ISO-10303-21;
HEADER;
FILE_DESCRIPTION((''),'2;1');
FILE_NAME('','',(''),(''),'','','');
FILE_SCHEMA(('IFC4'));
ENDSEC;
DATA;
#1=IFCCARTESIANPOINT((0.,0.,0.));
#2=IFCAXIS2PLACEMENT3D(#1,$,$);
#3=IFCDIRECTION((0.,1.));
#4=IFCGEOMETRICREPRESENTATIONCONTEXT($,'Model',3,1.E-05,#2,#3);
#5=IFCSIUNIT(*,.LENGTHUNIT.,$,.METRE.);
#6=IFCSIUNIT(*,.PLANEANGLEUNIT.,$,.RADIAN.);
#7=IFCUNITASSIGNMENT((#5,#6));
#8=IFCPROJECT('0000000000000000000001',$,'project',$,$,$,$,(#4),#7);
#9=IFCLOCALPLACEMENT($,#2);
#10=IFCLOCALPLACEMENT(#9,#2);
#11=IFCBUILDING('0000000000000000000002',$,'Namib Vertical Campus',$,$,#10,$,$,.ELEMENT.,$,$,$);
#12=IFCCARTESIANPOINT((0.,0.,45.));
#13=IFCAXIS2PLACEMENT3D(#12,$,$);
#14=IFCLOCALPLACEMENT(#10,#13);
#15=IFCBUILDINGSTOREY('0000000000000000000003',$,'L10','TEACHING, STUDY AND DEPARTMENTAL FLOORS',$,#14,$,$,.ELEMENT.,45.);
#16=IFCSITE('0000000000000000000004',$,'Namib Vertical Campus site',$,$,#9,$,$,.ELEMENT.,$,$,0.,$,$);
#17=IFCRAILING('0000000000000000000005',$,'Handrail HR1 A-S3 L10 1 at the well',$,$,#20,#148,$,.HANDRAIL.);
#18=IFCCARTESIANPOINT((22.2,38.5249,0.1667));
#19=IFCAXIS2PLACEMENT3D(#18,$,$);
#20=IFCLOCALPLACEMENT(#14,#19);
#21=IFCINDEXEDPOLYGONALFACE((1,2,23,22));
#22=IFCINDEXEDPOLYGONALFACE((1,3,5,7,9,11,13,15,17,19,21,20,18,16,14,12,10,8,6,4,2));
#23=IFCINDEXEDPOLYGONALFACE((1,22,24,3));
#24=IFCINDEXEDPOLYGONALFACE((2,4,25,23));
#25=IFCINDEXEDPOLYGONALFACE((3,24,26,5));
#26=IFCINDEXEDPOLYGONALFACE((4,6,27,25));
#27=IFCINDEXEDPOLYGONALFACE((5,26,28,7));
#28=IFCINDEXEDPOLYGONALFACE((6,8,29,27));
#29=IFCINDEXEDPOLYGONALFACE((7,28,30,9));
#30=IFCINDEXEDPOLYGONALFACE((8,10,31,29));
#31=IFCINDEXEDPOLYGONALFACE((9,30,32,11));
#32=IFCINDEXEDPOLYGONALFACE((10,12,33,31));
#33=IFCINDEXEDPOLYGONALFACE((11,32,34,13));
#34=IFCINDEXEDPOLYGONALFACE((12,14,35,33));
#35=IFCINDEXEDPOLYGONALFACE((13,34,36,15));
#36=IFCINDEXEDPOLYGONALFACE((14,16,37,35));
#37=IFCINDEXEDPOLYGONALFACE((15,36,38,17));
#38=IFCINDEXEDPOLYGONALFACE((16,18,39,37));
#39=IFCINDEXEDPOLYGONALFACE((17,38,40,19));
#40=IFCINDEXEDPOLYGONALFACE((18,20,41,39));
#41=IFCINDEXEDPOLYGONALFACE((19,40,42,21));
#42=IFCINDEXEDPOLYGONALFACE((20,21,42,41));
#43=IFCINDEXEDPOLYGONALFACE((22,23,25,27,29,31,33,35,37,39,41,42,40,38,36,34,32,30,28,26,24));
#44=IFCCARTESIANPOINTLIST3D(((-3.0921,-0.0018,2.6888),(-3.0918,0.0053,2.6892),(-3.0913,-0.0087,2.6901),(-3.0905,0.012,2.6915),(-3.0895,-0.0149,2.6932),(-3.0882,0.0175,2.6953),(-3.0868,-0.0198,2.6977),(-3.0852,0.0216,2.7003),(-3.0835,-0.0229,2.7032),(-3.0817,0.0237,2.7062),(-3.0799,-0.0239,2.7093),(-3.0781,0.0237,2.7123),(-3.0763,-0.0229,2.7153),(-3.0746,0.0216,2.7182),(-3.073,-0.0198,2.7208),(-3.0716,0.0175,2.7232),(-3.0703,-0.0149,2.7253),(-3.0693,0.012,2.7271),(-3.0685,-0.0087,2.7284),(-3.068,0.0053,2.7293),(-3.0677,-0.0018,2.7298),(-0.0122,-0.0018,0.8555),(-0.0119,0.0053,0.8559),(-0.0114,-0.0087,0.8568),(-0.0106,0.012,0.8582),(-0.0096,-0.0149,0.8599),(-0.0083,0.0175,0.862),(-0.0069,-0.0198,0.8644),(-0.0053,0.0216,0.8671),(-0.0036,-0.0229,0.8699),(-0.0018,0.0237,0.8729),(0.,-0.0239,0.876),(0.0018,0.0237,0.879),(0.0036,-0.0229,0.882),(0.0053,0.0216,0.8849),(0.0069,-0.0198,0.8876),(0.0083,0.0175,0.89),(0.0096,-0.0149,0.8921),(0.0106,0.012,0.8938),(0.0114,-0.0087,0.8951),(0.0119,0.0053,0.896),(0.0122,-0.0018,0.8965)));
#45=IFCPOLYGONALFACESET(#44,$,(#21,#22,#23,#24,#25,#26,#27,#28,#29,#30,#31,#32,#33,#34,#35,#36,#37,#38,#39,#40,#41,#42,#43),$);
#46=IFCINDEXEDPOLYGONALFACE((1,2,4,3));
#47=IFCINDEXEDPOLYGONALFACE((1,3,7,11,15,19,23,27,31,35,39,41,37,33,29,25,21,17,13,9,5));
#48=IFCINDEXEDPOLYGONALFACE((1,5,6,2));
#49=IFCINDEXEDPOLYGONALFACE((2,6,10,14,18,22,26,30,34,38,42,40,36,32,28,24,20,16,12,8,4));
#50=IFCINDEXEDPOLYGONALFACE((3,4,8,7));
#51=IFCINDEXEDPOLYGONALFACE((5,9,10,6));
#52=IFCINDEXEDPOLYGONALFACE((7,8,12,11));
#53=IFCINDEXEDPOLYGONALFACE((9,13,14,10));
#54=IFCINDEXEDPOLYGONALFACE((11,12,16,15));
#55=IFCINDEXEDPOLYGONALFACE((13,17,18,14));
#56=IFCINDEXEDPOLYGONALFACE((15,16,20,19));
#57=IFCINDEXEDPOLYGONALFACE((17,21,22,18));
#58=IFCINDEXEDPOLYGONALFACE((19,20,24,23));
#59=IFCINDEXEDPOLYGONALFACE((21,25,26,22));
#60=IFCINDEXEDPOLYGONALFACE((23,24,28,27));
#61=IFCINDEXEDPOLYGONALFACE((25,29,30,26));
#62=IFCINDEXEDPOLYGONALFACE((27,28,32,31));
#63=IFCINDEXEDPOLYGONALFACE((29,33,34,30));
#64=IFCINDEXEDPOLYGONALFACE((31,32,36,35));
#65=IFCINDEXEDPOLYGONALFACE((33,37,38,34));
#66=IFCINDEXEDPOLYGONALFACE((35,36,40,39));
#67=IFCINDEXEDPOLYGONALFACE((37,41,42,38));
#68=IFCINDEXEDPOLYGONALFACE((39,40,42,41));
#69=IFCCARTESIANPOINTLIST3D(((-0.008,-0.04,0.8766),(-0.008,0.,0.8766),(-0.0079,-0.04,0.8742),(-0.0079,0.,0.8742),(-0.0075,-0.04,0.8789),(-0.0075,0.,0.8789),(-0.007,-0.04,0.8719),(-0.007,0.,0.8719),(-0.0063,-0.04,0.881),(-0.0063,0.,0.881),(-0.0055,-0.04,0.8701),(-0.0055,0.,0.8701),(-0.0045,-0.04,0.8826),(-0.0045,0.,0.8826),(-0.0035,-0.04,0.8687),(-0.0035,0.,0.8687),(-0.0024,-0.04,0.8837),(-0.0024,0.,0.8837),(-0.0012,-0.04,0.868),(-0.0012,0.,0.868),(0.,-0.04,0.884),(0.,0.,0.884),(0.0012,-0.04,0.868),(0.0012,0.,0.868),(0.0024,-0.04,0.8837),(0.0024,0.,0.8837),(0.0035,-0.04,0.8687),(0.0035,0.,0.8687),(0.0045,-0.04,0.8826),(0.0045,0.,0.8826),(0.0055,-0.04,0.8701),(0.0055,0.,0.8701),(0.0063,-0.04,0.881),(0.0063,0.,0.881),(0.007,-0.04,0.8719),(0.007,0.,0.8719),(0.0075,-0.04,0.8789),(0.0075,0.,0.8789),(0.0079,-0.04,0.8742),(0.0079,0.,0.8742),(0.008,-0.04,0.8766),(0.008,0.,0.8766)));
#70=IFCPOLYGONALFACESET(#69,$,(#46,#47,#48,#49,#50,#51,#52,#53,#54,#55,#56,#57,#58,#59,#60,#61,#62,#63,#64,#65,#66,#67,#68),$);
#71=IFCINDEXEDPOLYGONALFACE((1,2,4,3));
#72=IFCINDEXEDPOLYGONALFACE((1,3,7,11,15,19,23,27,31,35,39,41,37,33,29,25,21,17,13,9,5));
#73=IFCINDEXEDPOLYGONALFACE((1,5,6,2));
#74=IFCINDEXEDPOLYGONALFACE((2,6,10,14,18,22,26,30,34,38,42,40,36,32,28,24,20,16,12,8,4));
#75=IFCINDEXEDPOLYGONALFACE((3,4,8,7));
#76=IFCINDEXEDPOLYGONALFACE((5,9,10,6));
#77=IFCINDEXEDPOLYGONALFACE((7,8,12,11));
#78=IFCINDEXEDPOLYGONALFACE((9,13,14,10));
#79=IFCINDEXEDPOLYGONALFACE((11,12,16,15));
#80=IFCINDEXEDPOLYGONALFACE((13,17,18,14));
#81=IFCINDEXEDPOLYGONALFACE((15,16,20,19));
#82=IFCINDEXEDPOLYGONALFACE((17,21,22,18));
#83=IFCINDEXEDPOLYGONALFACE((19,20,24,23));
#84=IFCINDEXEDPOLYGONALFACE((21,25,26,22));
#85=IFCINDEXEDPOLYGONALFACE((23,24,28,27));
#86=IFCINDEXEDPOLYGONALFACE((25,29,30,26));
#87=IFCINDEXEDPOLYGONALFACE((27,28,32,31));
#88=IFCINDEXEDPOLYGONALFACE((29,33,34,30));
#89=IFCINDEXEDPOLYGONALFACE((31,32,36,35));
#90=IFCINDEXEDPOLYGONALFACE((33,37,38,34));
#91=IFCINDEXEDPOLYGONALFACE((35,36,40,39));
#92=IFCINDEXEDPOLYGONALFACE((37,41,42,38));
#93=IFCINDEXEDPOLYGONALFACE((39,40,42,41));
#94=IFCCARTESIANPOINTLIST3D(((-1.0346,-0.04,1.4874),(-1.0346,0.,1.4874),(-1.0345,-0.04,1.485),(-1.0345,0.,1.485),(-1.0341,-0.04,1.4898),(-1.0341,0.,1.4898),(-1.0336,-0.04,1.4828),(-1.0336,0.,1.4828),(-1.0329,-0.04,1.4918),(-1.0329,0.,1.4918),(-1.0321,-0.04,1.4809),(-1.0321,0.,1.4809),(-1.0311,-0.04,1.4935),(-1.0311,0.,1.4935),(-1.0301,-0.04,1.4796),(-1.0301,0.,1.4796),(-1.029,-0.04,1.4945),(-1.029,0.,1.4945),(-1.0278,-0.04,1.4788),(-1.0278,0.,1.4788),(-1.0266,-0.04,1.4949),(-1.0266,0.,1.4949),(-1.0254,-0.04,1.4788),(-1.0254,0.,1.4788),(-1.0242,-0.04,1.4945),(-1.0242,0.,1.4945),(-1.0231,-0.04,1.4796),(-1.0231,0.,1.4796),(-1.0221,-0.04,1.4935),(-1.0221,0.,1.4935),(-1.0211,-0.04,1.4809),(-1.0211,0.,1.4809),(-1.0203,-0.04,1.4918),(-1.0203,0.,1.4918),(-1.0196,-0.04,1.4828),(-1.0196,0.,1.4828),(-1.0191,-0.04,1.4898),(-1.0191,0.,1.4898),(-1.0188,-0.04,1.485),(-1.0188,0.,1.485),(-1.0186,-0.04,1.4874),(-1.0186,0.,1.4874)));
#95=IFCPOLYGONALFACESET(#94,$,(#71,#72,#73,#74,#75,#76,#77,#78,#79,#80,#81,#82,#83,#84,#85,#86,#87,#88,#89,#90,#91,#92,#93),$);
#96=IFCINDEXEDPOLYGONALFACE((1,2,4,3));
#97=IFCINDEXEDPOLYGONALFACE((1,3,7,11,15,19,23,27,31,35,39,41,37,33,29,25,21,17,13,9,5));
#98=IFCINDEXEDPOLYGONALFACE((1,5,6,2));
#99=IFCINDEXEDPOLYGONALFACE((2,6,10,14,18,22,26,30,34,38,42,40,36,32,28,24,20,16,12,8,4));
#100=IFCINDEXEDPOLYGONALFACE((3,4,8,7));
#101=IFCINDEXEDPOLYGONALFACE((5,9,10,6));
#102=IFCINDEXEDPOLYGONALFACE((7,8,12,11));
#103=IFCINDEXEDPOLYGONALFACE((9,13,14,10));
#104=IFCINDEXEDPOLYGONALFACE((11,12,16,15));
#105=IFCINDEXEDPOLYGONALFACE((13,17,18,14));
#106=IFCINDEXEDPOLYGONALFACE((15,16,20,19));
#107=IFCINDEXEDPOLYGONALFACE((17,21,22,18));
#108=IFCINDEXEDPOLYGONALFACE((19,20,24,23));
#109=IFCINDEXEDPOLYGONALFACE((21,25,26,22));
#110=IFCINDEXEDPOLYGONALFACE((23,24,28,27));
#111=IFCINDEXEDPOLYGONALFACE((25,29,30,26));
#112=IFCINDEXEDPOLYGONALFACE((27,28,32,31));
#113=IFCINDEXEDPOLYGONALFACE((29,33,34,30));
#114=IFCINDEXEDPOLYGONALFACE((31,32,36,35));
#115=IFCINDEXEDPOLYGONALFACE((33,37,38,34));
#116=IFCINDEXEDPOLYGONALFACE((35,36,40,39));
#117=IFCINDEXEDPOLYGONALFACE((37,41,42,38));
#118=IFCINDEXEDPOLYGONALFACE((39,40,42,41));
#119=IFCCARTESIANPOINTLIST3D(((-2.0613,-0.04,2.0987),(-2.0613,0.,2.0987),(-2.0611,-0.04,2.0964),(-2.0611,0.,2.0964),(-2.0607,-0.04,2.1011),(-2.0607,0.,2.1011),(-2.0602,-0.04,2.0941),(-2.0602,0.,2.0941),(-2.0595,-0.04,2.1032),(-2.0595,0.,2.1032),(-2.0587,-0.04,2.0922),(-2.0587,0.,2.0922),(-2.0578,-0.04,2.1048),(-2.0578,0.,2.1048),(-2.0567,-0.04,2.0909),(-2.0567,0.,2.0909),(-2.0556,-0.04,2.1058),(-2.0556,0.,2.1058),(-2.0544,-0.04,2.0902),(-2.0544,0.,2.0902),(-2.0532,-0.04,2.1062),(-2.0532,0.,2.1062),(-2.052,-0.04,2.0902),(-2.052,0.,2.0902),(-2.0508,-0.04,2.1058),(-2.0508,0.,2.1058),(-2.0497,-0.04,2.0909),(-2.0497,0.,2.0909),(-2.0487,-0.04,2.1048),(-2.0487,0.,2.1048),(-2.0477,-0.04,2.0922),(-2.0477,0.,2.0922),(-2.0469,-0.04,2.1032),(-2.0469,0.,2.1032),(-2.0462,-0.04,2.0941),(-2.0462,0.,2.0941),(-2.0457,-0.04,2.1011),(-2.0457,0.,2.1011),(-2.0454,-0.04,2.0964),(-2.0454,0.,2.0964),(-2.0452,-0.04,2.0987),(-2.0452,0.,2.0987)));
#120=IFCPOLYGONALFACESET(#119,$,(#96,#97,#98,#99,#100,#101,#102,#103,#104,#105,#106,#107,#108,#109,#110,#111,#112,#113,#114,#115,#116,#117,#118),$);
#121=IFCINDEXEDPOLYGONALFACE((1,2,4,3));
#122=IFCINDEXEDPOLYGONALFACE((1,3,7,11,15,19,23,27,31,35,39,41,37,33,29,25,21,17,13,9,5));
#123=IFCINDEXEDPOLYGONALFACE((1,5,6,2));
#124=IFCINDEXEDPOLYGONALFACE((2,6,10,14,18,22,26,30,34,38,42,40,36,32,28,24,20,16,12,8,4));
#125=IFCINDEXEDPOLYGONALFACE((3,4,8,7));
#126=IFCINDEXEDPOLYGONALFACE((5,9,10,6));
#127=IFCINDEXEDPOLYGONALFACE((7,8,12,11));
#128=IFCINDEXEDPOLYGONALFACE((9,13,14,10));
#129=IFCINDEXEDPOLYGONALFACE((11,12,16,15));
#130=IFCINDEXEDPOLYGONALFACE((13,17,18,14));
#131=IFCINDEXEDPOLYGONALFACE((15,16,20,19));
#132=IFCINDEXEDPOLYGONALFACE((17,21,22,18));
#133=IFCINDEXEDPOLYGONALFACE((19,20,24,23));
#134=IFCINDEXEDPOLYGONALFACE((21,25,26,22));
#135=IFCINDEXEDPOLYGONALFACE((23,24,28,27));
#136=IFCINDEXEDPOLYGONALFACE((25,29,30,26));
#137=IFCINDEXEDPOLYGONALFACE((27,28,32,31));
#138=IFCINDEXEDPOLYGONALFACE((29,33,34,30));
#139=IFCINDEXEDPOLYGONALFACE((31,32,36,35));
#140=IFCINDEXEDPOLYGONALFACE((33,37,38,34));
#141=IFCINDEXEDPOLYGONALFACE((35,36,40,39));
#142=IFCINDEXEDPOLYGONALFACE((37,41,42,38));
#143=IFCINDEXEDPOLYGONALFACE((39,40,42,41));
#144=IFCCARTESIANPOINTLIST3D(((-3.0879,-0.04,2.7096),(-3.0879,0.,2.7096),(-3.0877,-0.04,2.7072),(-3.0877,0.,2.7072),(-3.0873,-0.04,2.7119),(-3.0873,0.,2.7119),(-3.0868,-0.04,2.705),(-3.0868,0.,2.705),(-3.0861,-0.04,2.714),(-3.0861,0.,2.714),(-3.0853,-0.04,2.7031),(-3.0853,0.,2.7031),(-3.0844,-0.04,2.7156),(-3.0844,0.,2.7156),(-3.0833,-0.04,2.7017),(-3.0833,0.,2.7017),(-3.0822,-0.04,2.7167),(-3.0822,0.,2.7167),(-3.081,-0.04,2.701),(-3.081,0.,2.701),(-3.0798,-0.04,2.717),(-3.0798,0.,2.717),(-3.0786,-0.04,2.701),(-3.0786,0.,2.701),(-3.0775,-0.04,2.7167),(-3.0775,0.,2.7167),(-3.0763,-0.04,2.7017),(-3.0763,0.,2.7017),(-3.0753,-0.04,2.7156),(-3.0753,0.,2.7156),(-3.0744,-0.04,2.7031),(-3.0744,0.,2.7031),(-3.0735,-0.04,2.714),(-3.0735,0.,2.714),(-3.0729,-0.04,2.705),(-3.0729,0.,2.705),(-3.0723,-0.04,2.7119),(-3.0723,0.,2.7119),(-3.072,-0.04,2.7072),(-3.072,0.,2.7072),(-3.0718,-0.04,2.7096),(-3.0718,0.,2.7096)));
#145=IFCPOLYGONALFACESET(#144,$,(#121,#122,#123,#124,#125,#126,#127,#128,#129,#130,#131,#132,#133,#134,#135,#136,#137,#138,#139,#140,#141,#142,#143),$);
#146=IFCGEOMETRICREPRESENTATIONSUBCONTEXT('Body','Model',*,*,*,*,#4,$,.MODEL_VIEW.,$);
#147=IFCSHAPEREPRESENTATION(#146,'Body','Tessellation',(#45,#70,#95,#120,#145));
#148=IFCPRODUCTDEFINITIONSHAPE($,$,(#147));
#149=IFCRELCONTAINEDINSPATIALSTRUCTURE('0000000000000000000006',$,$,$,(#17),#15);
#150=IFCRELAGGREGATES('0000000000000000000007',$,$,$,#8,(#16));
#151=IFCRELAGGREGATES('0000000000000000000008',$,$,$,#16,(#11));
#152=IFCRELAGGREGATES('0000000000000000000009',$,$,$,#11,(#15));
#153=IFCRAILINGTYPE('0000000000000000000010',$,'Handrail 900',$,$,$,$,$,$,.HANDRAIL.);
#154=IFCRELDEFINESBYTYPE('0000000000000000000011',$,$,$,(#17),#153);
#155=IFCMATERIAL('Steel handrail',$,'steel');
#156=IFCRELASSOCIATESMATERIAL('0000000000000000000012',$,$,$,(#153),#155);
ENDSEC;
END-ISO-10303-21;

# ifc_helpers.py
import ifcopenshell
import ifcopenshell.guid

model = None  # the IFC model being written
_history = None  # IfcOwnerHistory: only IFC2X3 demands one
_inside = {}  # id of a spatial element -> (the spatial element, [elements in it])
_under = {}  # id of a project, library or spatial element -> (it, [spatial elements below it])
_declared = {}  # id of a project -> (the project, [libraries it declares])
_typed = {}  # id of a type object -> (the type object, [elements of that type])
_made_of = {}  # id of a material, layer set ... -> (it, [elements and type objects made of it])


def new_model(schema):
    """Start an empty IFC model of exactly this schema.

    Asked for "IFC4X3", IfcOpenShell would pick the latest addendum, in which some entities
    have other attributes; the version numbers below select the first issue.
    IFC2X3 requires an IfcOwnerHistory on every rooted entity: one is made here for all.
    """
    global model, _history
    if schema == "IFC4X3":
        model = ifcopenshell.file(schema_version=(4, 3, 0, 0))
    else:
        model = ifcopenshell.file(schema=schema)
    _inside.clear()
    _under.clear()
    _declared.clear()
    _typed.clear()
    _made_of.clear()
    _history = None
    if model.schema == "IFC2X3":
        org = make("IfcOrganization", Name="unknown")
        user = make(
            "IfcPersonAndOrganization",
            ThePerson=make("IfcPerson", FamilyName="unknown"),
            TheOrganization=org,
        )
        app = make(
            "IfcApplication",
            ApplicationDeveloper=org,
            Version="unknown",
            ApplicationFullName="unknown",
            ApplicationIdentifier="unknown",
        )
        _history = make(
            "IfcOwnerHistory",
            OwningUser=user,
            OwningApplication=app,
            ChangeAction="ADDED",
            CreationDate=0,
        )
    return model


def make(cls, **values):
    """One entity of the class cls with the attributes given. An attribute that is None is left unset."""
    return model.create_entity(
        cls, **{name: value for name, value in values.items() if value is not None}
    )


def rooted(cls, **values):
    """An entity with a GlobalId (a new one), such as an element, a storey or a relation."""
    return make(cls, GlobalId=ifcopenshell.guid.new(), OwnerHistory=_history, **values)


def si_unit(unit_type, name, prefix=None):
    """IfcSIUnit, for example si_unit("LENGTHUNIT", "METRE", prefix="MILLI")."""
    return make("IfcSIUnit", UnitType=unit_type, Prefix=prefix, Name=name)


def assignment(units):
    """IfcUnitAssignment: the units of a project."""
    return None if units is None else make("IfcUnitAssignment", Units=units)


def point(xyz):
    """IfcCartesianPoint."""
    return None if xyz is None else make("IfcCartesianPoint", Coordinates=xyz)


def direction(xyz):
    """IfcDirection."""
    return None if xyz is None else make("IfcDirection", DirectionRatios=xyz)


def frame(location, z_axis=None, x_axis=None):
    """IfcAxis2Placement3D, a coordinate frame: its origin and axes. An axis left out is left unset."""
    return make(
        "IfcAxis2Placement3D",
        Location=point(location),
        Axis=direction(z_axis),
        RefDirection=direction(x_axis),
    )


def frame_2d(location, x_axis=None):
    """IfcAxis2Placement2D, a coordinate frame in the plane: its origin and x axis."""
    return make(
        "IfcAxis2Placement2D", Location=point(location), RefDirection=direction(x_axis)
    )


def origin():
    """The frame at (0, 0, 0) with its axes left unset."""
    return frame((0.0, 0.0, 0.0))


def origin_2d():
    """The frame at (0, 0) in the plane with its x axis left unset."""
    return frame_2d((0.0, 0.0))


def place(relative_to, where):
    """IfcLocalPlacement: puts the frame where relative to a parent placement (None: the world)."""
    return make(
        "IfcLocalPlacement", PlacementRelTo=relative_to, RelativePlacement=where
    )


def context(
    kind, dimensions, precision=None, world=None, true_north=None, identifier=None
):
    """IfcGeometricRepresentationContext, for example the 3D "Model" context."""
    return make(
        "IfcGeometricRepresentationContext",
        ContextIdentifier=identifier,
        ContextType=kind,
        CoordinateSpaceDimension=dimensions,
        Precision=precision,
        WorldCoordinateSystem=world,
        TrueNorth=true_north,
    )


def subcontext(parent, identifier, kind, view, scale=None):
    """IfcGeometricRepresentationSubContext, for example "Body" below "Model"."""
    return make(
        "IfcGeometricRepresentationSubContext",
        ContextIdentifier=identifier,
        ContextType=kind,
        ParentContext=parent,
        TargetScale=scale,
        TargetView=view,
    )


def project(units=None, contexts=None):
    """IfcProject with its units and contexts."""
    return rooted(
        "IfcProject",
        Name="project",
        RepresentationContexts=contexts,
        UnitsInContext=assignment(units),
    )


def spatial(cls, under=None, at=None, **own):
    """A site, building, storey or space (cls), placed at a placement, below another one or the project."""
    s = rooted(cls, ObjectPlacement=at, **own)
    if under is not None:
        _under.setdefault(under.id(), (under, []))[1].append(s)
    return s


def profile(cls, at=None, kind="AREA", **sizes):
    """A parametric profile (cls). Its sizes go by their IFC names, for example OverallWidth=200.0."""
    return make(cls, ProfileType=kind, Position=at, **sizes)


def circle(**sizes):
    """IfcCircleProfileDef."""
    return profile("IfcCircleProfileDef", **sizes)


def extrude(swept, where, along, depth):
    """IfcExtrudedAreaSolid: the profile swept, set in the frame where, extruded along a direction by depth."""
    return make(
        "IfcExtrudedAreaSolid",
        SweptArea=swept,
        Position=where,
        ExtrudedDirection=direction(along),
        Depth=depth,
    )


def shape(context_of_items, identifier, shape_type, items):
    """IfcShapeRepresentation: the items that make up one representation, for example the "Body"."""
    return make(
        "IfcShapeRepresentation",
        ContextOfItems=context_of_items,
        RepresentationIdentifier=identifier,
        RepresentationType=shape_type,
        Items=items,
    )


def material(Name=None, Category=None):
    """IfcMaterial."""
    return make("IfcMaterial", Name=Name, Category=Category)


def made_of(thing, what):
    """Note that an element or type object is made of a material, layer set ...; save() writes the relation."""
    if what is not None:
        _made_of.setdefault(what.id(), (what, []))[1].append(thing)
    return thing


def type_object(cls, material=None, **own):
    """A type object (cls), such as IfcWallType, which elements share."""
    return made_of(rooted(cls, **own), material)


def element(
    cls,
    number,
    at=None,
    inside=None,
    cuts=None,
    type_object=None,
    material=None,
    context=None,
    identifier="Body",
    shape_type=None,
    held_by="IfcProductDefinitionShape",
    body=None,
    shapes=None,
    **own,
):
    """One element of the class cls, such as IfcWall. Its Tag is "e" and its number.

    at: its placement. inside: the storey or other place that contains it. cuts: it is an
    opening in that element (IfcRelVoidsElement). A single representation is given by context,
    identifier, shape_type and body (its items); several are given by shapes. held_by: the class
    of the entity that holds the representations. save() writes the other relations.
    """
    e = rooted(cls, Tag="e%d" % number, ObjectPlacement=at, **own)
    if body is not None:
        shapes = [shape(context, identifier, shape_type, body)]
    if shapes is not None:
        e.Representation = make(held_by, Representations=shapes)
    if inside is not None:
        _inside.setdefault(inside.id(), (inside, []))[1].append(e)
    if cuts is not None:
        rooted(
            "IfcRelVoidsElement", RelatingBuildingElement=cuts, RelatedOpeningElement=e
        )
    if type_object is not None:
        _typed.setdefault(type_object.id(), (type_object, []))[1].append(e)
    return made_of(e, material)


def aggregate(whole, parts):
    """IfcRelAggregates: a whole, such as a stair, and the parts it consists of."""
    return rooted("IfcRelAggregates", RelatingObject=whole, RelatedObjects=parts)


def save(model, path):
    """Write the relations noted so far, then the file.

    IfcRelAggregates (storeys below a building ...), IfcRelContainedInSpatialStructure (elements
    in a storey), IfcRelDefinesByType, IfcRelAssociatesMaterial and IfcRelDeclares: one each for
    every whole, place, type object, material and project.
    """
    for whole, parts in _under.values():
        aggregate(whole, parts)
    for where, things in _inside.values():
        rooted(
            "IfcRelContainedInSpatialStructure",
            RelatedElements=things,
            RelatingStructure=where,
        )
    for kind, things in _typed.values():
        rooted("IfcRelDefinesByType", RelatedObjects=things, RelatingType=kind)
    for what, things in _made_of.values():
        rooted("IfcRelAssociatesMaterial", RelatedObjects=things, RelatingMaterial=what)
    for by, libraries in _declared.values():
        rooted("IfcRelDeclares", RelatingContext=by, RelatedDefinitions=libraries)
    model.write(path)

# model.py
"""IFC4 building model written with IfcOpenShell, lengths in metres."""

from ifc_helpers import new_model, si_unit, direction, frame, origin, origin_2d, place, context, subcontext, project, spatial, circle, extrude, material, type_object, element, save


model = new_model("IFC4")

# Units and contexts
model_context = context("Model", 3, precision=1e-05, world=origin(), true_north=direction((0.0, 1.0)))
body_context = subcontext(model_context, "Body", "Model", "MODEL_VIEW")
ifc_project = project(units=[si_unit("LENGTHUNIT", "METRE"), si_unit("PLANEANGLEUNIT", "RADIAN")], contexts=[model_context])

# Site, building, storey
site_placement = place(None, origin())
site = spatial("IfcSite", under=ifc_project, at=site_placement, Name="Namib Vertical Campus site", CompositionType="ELEMENT", RefElevation=0.0)
building_placement = place(site_placement, origin())
building = spatial("IfcBuilding", under=site, at=building_placement, Name="Namib Vertical Campus", CompositionType="ELEMENT")
storey_placement = place(building_placement, frame((0.0, 0.0, 45.0)))
storey = spatial("IfcBuildingStorey", under=building, at=storey_placement, Name="L10", Description="TEACHING, STUDY AND DEPARTMENTAL FLOORS", CompositionType="ELEMENT", Elevation=45.0)

# Railing
ifc_material_1 = material(Name="Steel handrail", Category="steel")
railing_type_1 = type_object("IfcRailingType", Name="Handrail 900", PredefinedType="HANDRAIL", material=ifc_material_1)
railing_1_placement = place(storey_placement, frame((22.2, 38.5249, 0.1667)))
element("IfcRailing", 1, at=railing_1_placement, inside=storey, type_object=railing_type_1, Name="Handrail HR1 A-S3 L10 1 at the well", PredefinedType="HANDRAIL", context=body_context, shape_type="SweptSolid", body=[
    extrude(circle(Radius=0.0239, at=origin_2d()), frame((0.0, 0.0, 0.876), z_axis=(-0.859291, 0.0, 0.511487), x_axis=(0.0, -1.0, 0.0)), (0.0, 0.0, 1.0), 3.5842),
    extrude(circle(Radius=0.0081, at=origin_2d()), frame((0.0, 0.0, 0.876), z_axis=(0.0, -1.0, 0.0), x_axis=(0.0, 0.0, 1.0)), (0.0, 0.0, 1.0), 0.04),
    extrude(circle(Radius=0.0081, at=origin_2d()), frame((-1.0266, 0.0, 1.4868), z_axis=(0.0, -1.0, 0.0), x_axis=(0.0, 0.0, 1.0)), (0.0, 0.0, 1.0), 0.04),
    extrude(circle(Radius=0.0081, at=origin_2d()), frame((-2.0532, 0.0, 2.0981), z_axis=(0.0, -1.0, 0.0), x_axis=(0.0, 0.0, 1.0)), (0.0, 0.0, 1.0), 0.04),
    extrude(circle(Radius=0.0081, at=origin_2d()), frame((-3.0798, 0.0, 2.709), z_axis=(0.0, -1.0, 0.0), x_axis=(0.0, 0.0, 1.0)), (0.0, 0.0, 1.0), 0.04),
])

save(model, "model.ifc")
